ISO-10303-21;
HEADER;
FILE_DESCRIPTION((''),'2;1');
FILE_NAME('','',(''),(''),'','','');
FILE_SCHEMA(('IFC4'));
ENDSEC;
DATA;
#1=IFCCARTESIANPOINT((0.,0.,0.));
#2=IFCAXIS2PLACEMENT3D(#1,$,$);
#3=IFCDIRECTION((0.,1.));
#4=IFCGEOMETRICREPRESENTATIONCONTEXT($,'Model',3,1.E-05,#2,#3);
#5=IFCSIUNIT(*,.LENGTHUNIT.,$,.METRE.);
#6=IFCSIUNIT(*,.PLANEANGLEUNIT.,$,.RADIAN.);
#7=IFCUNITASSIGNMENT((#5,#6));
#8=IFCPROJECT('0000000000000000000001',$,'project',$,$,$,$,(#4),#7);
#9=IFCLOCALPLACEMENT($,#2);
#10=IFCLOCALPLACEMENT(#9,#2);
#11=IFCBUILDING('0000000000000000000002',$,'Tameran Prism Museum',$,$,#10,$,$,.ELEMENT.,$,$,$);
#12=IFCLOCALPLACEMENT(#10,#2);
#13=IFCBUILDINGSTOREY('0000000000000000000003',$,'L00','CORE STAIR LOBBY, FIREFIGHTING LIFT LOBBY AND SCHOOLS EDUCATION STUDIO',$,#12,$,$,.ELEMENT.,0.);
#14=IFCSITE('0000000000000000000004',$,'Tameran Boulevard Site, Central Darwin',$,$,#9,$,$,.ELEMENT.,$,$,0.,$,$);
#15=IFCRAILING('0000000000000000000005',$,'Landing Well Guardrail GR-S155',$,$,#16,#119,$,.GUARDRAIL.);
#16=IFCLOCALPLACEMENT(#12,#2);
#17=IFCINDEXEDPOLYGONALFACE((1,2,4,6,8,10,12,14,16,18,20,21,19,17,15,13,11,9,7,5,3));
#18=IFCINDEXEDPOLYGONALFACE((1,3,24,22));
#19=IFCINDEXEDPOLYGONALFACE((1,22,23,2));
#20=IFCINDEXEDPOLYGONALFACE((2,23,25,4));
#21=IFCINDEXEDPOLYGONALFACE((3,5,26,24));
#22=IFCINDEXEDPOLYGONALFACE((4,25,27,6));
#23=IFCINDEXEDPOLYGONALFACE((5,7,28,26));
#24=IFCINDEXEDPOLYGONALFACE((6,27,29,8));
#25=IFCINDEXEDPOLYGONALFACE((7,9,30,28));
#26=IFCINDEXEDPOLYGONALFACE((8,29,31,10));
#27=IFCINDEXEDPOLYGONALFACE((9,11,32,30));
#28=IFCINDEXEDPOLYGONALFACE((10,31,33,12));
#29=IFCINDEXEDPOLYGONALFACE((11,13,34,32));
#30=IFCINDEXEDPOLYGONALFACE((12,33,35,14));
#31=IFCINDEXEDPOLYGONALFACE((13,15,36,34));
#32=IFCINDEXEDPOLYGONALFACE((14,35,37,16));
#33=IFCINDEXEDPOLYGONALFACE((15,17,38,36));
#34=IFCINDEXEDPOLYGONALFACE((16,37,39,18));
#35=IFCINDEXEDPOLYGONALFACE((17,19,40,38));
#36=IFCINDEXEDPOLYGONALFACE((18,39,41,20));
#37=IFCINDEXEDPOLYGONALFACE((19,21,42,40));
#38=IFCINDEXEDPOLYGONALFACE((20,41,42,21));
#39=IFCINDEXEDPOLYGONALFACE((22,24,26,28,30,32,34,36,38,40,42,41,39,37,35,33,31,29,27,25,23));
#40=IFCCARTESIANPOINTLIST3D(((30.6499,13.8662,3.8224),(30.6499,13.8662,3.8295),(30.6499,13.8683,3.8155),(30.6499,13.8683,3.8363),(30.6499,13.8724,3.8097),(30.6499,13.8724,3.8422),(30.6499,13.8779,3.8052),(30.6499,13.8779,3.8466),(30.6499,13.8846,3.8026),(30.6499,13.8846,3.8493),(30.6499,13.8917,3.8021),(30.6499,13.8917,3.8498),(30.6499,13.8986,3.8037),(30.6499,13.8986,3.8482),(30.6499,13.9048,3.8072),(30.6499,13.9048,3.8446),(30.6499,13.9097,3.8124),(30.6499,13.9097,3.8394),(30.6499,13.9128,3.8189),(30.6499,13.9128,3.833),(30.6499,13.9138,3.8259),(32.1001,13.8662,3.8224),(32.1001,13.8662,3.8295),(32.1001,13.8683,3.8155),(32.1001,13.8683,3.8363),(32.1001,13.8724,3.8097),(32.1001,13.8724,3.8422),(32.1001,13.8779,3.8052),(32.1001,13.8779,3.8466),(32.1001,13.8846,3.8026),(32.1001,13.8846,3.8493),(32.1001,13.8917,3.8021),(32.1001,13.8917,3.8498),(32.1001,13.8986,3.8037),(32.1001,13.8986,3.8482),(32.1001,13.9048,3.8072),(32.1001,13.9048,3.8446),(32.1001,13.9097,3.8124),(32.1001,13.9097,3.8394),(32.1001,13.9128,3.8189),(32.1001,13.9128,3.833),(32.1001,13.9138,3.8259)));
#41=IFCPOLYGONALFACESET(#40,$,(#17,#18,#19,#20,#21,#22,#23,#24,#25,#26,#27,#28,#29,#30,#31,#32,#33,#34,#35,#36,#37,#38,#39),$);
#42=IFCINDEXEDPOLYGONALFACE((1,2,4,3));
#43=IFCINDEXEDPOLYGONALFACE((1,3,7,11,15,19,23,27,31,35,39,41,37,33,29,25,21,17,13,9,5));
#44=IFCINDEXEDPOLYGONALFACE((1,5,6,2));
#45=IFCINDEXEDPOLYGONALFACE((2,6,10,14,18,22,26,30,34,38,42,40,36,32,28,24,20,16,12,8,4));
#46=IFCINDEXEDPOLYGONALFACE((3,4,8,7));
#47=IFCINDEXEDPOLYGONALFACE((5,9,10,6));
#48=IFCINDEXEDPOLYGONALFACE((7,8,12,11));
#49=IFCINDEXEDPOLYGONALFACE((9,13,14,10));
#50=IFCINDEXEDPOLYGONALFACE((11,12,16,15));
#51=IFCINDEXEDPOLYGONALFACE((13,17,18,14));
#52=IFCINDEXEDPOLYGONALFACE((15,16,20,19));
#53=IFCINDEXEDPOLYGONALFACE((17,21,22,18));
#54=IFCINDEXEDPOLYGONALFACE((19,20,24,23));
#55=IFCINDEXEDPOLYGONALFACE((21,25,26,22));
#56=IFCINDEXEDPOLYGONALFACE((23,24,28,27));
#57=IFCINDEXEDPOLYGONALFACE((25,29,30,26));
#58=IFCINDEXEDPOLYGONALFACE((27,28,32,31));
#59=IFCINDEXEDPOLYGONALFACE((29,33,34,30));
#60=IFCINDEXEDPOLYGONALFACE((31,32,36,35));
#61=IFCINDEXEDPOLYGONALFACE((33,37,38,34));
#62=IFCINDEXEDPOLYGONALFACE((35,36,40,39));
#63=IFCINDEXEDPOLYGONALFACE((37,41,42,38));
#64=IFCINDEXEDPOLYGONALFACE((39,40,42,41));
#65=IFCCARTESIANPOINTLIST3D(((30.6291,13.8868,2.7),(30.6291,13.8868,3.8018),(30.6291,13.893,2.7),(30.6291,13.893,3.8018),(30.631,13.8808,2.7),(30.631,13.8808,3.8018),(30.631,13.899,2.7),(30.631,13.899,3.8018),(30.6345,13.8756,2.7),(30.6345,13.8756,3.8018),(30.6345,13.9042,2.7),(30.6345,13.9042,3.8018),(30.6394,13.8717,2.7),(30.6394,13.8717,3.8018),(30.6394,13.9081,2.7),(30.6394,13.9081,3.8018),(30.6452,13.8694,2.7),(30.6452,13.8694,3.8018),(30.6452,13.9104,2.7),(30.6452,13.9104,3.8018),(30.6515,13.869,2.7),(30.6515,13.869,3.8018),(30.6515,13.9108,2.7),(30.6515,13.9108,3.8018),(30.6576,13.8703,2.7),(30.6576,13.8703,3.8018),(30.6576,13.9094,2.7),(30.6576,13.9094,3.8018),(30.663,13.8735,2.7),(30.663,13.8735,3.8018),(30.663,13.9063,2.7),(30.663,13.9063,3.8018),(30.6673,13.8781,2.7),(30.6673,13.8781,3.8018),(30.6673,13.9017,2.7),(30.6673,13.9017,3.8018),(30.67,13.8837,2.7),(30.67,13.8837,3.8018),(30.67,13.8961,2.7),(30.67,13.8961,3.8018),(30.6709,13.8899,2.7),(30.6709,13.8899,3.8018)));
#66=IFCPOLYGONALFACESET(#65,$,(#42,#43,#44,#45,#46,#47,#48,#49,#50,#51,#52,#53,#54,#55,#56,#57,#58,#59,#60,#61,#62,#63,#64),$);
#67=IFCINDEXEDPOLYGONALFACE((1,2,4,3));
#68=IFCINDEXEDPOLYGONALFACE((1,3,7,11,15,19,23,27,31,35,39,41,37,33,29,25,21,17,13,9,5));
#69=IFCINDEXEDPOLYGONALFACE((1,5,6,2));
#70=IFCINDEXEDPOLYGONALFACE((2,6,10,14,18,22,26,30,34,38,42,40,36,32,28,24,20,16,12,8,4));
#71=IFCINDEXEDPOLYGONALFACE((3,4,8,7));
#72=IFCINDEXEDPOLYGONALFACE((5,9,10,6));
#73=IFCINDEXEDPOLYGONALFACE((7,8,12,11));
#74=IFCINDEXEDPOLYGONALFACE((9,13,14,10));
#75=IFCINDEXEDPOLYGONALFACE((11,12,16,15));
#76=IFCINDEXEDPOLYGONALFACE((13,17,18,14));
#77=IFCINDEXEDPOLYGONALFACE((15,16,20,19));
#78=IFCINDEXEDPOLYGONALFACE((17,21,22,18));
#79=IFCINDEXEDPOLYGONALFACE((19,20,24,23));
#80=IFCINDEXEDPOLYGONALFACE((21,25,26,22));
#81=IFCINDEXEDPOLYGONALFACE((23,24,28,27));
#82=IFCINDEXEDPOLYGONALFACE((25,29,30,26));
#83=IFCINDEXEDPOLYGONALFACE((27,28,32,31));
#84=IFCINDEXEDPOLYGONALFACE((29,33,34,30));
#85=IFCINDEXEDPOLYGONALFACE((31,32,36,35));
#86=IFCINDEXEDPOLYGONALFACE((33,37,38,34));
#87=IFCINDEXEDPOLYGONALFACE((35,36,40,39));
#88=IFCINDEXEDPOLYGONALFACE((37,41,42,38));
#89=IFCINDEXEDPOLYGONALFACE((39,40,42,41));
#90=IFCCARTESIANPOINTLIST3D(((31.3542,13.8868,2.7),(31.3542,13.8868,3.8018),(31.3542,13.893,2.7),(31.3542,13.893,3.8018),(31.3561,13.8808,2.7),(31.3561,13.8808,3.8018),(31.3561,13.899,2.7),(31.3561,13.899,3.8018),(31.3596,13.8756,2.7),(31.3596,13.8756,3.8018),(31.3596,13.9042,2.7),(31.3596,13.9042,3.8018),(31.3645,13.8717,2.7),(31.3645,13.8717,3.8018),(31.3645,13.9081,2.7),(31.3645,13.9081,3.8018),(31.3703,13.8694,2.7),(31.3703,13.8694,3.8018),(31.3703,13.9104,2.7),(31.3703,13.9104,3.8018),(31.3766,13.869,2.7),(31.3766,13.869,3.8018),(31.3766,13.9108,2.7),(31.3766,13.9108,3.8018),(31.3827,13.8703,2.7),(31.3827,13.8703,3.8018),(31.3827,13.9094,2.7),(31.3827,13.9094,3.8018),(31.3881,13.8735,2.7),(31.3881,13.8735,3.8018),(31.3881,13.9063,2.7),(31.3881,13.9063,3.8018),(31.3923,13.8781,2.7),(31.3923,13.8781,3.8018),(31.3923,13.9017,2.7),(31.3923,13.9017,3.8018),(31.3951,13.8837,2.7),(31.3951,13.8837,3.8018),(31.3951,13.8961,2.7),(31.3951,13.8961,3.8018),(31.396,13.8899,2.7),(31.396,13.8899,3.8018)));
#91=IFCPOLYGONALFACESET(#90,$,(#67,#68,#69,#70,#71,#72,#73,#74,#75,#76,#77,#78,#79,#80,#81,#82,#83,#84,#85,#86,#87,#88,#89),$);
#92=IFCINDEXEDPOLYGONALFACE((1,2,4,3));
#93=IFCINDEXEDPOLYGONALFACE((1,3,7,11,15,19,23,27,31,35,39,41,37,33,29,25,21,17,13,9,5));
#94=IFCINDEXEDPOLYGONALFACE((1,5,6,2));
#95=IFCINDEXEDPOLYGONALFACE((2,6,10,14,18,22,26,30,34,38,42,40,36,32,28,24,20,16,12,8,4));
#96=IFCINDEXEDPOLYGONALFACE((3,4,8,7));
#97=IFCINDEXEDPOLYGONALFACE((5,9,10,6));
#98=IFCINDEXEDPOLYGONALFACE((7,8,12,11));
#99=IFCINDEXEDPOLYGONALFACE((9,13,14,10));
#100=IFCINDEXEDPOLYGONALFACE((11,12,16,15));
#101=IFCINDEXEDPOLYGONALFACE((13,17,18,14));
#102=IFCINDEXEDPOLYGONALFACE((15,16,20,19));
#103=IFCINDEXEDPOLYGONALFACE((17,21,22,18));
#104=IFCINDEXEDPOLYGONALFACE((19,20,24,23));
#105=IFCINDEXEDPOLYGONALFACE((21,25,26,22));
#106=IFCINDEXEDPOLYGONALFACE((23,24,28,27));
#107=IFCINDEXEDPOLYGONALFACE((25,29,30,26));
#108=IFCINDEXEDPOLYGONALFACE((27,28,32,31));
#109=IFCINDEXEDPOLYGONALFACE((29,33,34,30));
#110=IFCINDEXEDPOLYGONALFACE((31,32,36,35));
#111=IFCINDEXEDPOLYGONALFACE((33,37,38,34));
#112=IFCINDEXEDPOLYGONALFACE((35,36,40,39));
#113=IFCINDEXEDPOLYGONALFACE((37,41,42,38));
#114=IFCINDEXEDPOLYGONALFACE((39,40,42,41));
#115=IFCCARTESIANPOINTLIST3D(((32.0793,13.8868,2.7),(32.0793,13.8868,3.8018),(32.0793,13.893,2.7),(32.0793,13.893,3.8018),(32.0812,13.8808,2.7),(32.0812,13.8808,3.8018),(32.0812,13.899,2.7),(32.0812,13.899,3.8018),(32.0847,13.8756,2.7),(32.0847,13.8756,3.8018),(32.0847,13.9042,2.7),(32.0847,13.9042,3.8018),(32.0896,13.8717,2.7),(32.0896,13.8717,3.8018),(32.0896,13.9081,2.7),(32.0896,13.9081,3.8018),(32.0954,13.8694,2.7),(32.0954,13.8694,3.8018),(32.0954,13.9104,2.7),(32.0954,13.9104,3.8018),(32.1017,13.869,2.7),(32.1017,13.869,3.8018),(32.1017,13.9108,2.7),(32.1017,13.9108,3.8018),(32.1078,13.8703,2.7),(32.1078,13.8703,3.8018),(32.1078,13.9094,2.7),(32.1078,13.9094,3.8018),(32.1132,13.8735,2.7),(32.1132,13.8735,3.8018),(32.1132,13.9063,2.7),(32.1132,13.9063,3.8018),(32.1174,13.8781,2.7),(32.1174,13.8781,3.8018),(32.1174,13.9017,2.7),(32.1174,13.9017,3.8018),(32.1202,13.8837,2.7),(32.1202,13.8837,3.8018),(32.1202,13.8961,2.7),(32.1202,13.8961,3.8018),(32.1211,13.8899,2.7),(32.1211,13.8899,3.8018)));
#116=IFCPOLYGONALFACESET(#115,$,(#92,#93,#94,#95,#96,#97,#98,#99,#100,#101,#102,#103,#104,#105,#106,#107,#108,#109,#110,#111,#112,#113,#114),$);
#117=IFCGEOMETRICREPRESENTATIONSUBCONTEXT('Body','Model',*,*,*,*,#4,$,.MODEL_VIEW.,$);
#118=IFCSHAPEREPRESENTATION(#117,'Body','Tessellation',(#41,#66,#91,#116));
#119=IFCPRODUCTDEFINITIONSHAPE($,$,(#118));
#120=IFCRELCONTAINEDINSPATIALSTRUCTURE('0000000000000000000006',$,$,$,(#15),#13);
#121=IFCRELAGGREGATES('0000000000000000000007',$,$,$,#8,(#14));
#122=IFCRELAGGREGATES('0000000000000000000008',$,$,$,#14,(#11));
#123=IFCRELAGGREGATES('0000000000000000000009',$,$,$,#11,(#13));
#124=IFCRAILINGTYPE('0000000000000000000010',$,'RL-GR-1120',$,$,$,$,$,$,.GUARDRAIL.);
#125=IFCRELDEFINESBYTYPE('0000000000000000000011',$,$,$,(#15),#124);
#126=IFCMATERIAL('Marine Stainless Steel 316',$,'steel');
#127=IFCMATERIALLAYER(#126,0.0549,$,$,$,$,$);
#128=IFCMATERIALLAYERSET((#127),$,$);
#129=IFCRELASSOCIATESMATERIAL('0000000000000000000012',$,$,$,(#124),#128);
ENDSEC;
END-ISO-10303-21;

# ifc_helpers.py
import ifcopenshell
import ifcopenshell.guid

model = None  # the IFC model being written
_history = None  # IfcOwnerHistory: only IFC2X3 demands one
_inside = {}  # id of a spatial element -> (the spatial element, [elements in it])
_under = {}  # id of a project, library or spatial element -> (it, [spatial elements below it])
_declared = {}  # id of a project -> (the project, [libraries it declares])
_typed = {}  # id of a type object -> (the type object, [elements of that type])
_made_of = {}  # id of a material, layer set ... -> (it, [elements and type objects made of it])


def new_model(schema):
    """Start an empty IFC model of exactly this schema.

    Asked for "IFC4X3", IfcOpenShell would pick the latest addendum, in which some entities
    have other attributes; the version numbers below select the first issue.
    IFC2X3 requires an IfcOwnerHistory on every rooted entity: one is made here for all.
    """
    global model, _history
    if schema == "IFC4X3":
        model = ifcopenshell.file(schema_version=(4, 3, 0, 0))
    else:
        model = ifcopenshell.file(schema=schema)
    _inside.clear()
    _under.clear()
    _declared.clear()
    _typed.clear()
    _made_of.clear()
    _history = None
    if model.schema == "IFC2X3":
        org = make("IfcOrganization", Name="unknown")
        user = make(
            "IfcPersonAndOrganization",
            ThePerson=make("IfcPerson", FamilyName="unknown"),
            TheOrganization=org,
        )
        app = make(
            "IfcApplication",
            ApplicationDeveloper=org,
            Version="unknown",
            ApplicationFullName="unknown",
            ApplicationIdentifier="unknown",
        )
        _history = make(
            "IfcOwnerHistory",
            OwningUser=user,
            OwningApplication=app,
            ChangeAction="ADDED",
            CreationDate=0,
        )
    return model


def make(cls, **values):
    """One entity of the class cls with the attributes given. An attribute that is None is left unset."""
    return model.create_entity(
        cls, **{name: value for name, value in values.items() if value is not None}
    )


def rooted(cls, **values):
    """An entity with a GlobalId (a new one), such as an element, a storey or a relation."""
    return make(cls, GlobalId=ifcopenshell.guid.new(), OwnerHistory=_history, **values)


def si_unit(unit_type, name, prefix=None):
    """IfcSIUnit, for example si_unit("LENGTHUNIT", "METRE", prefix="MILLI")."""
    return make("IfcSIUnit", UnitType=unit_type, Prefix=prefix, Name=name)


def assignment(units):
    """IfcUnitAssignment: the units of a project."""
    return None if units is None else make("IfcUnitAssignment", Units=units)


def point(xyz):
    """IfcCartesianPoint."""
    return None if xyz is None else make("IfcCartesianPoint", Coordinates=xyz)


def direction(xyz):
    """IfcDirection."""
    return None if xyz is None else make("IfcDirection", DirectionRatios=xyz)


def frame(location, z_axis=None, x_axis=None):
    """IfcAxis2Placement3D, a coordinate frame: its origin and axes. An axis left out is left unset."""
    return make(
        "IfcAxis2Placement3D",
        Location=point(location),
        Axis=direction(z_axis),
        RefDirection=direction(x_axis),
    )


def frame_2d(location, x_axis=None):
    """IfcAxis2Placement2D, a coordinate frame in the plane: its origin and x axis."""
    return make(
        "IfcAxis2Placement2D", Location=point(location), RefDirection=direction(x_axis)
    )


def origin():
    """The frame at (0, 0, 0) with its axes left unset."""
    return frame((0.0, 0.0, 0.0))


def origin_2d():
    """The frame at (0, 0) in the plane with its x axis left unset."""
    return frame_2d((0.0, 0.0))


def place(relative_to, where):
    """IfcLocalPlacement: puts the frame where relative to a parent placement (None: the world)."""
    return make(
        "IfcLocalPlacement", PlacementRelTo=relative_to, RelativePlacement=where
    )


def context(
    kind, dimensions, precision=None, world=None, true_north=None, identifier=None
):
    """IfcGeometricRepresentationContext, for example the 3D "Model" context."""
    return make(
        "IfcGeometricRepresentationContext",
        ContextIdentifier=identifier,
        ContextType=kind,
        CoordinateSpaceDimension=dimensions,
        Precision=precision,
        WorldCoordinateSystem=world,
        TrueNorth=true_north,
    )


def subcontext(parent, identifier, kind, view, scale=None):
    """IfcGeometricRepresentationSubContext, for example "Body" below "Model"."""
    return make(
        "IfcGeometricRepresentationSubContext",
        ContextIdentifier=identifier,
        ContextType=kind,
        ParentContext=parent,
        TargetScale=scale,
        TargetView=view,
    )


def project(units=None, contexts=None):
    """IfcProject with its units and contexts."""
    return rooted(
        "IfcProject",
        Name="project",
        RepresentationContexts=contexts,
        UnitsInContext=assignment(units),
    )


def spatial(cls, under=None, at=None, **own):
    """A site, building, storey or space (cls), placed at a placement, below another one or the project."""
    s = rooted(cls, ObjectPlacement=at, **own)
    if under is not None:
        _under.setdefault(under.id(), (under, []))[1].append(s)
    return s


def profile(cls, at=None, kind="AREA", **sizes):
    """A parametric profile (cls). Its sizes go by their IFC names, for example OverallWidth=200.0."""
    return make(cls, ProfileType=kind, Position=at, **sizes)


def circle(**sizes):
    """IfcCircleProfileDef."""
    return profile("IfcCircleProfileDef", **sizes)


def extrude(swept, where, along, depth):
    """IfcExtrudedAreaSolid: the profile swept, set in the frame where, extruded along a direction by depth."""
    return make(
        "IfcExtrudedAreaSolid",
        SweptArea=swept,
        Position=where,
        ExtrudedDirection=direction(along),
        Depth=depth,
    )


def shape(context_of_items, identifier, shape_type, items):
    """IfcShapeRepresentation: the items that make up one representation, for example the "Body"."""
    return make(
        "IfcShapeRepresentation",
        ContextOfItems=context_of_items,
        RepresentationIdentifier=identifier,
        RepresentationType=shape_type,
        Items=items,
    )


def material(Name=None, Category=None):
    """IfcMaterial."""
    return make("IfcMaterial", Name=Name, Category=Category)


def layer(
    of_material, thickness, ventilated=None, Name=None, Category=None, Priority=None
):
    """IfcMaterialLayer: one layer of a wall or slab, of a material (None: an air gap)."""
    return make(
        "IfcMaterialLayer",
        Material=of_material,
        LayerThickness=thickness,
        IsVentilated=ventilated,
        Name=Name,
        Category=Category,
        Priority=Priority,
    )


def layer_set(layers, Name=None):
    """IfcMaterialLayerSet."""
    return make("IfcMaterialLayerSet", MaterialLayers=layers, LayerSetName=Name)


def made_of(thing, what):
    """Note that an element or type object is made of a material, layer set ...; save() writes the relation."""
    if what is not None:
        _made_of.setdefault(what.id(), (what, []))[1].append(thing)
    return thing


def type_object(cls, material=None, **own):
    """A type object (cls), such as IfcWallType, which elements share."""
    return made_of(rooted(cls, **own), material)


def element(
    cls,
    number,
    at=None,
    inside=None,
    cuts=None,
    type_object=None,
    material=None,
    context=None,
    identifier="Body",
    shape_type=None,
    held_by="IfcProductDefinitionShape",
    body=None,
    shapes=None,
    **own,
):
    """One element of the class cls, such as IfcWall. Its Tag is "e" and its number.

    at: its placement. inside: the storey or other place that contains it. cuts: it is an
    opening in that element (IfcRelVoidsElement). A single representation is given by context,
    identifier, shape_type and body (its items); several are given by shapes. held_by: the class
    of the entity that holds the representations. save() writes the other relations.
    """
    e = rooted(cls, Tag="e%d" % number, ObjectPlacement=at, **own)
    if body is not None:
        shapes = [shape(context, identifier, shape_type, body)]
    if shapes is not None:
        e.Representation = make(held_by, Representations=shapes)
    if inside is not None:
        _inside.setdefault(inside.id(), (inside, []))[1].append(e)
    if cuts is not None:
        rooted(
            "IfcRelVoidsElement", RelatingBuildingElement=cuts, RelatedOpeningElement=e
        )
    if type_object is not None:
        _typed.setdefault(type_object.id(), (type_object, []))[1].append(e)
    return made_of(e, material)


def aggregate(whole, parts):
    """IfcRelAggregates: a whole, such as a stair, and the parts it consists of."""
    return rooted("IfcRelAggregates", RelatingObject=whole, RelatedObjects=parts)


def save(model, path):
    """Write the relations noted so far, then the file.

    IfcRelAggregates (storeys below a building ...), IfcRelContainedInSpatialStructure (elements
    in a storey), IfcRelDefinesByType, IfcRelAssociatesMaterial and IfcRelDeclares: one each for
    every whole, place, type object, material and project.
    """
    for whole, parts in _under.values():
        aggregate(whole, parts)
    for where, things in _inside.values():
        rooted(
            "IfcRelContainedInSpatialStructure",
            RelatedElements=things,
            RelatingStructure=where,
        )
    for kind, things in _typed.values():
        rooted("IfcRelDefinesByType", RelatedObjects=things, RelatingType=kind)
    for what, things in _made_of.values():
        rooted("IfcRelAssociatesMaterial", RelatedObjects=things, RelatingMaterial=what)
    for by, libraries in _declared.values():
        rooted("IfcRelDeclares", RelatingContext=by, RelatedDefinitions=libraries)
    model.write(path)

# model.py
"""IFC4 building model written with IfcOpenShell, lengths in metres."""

from ifc_helpers import new_model, si_unit, direction, frame, origin, origin_2d, place, context, subcontext, project, spatial, circle, extrude, material, layer, layer_set, type_object, element, save


model = new_model("IFC4")

# Units and contexts
model_context = context("Model", 3, precision=1e-05, world=origin(), true_north=direction((0.0, 1.0)))
body_context = subcontext(model_context, "Body", "Model", "MODEL_VIEW")
ifc_project = project(units=[si_unit("LENGTHUNIT", "METRE"), si_unit("PLANEANGLEUNIT", "RADIAN")], contexts=[model_context])

# Site, building, storey
site_placement = place(None, origin())
site = spatial("IfcSite", under=ifc_project, at=site_placement, Name="Tameran Boulevard Site, Central Darwin", CompositionType="ELEMENT", RefElevation=0.0)
building_placement = place(site_placement, origin())
building = spatial("IfcBuilding", under=site, at=building_placement, Name="Tameran Prism Museum", CompositionType="ELEMENT")
storey_placement = place(building_placement, origin())
storey = spatial("IfcBuildingStorey", under=building, at=storey_placement, Name="L00", Description="CORE STAIR LOBBY, FIREFIGHTING LIFT LOBBY AND SCHOOLS EDUCATION STUDIO", CompositionType="ELEMENT", Elevation=0.0)

# Railing
ifc_material_1 = material(Name="Marine Stainless Steel 316", Category="steel")
ifc_layer_1 = layer(ifc_material_1, 0.0549)
ifc_layer_set_1 = layer_set([ifc_layer_1])
railing_type_1 = type_object("IfcRailingType", Name="RL-GR-1120", PredefinedType="GUARDRAIL", material=ifc_layer_set_1)
railing_1_placement = place(storey_placement, frame((30.6499, 13.8899, 2.7)))
element("IfcRailing", 1, at=railing_1_placement, inside=storey, type_object=railing_type_1, Name="Landing Well Guardrail GR-S155", PredefinedType="GUARDRAIL", context=body_context, shape_type="SweptSolid", body=[
    extrude(circle(Radius=0.0239, at=origin_2d()), frame((0.0, 0.0, 1.126), z_axis=(1.0, 0.0, 0.0), x_axis=(0.0, 1.0, 0.0)), (0.0, 0.0, 1.0), 1.4502),
    extrude(circle(Radius=0.021, at=origin_2d()), origin(), (0.0, 0.0, 1.0), 1.1018),
    extrude(circle(Radius=0.021, at=origin_2d()), frame((0.7251, 0.0, 0.0)), (0.0, 0.0, 1.0), 1.1018),
    extrude(circle(Radius=0.021, at=origin_2d()), frame((1.4502, 0.0, 0.0)), (0.0, 0.0, 1.0), 1.1018),
])

save(model, "model.ifc")
